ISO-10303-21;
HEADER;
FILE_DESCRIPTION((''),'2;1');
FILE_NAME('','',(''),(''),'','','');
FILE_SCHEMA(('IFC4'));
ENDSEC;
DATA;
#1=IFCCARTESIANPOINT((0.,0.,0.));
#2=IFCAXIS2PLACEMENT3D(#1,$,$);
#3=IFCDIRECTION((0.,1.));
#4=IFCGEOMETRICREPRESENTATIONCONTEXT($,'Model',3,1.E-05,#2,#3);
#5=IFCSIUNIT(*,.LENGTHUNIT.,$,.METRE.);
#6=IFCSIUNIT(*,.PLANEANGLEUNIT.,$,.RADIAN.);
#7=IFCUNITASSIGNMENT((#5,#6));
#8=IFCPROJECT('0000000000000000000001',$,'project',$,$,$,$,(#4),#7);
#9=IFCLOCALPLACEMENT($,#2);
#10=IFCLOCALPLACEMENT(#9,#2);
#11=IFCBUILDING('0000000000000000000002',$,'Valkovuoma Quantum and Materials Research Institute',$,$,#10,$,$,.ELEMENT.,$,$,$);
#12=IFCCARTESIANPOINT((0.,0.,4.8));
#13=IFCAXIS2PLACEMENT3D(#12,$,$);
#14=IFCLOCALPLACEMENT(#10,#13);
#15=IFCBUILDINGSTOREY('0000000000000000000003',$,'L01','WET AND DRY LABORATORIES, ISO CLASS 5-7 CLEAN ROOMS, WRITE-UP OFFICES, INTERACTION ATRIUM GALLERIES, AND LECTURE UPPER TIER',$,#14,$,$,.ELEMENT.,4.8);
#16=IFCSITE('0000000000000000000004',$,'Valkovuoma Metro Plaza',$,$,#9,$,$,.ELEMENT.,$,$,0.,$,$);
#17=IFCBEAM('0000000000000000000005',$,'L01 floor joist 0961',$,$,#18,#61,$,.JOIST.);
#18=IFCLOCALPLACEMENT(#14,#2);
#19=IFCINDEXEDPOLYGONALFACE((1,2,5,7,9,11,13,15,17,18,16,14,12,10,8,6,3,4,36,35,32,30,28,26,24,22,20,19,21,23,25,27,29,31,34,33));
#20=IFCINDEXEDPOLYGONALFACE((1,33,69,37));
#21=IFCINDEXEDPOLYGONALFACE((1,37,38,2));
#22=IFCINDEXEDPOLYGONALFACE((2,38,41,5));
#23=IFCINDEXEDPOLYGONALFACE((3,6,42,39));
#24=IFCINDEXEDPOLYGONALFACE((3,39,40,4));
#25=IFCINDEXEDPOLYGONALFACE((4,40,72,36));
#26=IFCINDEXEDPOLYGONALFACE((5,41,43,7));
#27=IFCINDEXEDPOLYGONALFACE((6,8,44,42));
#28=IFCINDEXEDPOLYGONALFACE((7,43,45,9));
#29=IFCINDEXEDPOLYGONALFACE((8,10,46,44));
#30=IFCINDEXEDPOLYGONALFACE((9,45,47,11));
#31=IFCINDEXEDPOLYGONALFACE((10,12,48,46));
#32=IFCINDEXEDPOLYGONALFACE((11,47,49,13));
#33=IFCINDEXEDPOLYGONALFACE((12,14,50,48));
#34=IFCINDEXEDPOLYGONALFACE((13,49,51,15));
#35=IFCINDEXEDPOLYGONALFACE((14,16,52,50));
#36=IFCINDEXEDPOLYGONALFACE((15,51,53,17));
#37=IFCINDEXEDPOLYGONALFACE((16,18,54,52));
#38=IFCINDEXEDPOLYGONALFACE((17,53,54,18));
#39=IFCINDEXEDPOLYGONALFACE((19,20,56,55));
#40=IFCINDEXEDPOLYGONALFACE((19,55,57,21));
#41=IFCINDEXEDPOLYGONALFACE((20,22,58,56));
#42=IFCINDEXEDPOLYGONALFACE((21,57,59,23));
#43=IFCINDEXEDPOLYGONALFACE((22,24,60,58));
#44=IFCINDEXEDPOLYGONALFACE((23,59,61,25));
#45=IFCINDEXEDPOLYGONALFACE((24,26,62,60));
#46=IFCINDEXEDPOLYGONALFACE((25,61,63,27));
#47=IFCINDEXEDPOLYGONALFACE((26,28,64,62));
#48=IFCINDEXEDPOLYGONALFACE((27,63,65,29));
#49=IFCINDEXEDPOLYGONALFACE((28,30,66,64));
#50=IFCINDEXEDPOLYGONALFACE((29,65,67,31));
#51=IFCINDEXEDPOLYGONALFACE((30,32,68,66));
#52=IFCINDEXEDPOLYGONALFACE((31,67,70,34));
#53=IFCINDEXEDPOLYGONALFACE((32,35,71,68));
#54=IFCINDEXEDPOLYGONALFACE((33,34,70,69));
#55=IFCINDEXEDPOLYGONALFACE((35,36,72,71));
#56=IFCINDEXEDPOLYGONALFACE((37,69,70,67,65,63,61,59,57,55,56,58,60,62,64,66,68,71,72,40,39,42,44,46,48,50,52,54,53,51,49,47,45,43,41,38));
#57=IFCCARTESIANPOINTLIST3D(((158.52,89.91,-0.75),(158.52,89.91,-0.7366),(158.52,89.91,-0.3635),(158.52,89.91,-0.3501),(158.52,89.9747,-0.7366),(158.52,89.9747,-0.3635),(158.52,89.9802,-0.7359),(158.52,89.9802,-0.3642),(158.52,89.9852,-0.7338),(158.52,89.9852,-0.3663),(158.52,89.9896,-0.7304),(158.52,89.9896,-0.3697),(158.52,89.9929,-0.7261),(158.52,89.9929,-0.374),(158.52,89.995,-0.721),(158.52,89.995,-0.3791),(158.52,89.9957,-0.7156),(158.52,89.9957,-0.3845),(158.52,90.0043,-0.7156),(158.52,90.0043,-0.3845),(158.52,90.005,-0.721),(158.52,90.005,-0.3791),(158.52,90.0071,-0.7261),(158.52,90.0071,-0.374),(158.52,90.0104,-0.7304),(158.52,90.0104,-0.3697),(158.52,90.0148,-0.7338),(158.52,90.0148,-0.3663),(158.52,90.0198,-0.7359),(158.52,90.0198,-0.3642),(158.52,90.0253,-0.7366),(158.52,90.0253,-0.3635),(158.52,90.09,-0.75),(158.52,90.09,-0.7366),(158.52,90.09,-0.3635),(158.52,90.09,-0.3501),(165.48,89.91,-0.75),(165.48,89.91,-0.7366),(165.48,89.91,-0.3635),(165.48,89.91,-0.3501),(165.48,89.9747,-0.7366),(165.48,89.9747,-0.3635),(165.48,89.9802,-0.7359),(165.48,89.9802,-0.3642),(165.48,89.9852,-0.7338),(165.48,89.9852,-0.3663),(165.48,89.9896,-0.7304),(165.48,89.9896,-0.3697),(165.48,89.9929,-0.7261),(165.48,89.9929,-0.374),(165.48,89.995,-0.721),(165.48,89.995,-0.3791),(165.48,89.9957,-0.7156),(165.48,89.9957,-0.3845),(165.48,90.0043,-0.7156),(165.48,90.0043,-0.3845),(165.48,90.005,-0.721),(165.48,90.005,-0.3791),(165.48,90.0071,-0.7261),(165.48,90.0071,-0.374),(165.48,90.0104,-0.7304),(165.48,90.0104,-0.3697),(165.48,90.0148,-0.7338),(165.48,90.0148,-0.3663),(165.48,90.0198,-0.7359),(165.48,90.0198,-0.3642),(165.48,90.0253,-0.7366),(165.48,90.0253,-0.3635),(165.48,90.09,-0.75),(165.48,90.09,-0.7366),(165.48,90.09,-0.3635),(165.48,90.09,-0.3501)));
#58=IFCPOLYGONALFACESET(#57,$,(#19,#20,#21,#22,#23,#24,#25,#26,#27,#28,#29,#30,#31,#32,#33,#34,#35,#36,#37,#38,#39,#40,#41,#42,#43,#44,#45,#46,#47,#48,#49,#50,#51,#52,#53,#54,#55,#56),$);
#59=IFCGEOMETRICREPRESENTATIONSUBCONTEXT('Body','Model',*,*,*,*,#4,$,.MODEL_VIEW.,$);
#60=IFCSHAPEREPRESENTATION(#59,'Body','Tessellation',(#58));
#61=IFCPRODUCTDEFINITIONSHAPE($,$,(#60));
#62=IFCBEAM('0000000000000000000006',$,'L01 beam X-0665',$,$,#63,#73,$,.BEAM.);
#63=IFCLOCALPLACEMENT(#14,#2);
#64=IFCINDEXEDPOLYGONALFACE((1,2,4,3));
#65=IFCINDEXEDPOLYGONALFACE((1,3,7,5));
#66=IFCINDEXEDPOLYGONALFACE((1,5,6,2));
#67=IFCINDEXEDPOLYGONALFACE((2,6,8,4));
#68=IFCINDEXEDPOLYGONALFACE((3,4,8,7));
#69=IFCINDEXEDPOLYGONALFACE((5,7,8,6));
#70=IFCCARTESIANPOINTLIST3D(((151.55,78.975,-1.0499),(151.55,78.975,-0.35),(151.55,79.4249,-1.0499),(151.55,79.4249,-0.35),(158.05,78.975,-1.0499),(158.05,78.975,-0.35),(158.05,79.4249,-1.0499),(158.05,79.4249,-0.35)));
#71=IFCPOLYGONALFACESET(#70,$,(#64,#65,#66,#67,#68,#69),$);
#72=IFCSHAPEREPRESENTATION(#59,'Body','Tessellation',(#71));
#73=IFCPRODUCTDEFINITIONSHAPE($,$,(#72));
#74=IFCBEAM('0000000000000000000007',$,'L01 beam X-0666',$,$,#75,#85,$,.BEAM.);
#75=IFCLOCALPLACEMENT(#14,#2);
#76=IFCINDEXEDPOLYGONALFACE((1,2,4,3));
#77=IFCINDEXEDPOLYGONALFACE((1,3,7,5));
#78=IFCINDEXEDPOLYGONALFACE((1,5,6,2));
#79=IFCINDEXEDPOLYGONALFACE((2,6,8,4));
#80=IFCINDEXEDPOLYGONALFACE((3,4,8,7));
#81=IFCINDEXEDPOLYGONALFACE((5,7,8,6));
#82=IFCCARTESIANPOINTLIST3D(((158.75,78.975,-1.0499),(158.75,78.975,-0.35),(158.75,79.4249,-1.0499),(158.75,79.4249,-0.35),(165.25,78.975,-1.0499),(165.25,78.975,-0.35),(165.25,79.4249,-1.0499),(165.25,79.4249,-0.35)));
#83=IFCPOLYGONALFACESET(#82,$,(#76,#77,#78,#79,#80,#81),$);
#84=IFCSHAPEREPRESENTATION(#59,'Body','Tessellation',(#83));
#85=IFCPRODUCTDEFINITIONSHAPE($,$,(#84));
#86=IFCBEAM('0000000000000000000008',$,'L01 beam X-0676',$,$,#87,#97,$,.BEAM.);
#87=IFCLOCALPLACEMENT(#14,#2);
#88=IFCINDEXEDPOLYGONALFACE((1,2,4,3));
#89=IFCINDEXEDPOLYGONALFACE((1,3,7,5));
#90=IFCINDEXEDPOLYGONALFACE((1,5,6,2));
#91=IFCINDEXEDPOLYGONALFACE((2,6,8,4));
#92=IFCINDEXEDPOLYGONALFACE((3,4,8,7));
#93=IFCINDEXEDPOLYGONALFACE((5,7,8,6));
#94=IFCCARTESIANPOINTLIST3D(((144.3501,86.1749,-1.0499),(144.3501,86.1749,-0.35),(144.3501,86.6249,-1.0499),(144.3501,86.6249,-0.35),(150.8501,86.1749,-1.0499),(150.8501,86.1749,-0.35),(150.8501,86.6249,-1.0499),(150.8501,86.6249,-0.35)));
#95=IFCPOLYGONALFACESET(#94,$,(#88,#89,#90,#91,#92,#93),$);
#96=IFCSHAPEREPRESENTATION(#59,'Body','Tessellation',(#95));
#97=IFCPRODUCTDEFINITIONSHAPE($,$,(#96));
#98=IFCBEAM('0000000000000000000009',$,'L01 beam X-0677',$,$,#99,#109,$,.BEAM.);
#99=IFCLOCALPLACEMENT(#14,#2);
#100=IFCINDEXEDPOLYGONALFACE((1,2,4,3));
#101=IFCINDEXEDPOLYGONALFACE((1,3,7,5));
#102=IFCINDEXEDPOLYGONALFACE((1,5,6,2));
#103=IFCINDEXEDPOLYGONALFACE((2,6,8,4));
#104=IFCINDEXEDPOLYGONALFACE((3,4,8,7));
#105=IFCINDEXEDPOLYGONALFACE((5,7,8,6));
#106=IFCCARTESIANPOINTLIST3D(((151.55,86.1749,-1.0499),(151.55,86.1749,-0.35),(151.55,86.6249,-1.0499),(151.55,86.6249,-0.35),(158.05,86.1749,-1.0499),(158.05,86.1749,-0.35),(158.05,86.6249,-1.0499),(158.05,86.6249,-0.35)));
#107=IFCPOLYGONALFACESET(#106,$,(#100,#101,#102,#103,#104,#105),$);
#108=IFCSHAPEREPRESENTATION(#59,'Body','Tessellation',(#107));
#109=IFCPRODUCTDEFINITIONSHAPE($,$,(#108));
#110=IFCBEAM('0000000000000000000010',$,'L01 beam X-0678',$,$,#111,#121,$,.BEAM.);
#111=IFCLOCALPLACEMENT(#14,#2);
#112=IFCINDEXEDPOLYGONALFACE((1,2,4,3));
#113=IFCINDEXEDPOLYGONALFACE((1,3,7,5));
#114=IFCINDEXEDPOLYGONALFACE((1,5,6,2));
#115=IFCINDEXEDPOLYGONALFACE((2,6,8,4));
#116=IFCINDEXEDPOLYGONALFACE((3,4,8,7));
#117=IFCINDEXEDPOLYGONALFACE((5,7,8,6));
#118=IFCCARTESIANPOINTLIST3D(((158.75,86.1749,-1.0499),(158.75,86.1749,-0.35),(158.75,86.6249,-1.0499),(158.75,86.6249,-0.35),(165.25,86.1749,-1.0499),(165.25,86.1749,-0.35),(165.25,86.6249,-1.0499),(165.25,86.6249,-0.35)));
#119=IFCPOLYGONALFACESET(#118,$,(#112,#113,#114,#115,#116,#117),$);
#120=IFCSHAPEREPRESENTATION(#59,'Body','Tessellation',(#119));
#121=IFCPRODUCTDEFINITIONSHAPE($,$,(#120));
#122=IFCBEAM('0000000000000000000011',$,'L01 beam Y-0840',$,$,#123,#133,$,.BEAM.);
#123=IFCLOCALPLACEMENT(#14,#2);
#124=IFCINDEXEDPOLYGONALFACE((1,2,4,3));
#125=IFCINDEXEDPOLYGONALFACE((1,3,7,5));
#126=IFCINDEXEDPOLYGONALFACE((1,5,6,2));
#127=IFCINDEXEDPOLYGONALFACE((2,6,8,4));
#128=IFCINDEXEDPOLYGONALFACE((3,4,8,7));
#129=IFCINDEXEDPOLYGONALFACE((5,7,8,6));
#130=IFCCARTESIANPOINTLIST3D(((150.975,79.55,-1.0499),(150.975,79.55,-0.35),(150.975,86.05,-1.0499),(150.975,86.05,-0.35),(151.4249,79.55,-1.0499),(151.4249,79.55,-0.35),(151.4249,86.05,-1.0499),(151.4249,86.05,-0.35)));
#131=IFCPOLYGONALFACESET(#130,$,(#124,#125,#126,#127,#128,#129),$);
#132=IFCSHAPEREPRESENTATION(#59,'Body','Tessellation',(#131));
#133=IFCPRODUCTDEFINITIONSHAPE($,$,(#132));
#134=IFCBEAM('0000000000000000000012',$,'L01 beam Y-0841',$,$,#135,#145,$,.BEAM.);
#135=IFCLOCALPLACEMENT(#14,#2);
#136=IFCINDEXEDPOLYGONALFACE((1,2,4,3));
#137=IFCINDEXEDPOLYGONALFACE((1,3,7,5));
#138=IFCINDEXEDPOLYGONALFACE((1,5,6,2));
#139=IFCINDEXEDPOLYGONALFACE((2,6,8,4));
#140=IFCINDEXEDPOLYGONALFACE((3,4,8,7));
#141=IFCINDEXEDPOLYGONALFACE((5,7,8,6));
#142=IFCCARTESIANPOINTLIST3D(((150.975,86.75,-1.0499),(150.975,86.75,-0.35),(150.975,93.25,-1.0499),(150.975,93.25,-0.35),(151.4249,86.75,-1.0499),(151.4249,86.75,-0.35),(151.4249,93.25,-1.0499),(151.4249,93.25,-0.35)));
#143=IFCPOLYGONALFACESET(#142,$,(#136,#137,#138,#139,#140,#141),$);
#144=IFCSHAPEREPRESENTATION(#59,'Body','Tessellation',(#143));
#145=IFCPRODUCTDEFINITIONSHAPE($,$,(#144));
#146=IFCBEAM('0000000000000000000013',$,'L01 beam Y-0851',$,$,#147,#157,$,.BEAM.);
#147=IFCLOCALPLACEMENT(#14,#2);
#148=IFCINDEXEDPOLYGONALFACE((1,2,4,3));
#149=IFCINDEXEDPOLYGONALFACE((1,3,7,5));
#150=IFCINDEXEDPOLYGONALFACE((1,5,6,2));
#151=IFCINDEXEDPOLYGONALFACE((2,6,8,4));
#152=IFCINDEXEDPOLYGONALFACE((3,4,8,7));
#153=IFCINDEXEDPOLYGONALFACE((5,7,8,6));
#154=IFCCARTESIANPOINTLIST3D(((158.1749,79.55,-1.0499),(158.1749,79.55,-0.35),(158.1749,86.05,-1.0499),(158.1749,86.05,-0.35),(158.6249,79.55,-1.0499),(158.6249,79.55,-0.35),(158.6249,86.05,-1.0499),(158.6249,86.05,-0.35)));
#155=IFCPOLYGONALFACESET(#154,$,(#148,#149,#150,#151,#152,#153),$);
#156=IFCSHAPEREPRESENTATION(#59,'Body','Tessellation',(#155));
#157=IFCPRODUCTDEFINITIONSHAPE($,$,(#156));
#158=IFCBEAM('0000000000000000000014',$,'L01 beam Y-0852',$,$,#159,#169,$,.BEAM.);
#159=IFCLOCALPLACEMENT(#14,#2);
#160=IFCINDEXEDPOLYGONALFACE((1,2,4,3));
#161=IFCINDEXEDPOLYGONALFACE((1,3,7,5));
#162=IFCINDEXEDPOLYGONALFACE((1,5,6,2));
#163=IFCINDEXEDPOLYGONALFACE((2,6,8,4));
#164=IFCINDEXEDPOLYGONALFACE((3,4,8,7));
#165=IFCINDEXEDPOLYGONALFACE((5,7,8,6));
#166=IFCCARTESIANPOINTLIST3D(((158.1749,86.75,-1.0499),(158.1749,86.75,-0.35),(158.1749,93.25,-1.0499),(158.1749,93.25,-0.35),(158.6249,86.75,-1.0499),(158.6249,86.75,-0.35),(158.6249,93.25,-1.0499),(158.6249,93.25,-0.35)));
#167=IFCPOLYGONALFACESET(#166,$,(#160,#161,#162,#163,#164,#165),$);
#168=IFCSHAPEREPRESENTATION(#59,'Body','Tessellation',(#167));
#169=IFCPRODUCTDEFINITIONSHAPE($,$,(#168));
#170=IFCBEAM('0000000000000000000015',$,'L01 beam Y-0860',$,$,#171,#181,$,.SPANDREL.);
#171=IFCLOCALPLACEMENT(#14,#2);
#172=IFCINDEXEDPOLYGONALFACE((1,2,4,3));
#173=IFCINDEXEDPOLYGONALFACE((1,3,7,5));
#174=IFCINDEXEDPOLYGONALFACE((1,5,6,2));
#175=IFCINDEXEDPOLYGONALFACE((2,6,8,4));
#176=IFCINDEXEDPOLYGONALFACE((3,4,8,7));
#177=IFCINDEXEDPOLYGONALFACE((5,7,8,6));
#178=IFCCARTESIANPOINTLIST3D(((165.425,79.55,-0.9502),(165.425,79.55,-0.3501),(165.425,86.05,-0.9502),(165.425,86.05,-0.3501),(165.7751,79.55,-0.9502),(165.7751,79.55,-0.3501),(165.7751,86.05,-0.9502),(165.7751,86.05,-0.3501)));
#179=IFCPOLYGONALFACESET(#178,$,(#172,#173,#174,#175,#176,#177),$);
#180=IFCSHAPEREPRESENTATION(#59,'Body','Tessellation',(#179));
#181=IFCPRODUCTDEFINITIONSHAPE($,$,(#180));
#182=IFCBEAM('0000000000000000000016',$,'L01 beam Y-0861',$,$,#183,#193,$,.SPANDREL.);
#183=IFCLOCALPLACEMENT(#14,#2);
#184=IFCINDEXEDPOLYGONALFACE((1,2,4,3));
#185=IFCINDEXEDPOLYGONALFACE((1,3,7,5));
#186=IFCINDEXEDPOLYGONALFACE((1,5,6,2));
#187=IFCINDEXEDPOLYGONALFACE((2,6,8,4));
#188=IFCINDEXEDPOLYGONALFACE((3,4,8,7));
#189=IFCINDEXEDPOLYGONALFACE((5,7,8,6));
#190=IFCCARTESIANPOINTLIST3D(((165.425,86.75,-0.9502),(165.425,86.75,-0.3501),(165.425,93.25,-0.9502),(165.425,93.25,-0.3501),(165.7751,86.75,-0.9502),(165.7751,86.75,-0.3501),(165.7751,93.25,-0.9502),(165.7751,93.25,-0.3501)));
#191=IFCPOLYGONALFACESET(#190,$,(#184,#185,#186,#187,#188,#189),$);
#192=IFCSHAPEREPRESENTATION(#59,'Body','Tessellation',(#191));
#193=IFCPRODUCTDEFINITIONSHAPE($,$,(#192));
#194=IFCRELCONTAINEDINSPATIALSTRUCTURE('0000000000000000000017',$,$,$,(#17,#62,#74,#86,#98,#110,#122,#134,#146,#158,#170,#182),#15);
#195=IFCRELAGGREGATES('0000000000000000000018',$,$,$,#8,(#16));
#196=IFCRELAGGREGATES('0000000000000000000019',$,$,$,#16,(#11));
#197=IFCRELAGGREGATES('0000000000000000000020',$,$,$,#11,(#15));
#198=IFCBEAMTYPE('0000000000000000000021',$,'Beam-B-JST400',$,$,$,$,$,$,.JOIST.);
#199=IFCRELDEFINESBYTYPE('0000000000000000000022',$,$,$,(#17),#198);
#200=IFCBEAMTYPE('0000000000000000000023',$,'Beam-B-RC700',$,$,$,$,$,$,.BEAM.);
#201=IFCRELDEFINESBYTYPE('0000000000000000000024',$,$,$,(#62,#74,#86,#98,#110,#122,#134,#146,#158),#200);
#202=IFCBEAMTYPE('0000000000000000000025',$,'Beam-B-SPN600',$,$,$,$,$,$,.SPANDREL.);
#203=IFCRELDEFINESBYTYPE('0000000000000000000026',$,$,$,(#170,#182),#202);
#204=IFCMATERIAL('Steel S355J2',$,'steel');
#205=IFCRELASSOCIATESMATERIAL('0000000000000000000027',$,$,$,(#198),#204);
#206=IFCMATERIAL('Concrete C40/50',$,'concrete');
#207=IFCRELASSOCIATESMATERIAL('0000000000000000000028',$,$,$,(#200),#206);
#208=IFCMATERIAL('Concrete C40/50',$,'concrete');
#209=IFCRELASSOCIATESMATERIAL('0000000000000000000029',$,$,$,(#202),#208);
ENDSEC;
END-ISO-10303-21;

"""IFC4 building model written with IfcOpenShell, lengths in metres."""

from ifc_helpers import new_model, si_unit, direction, frame, origin, origin_2d, place, context, subcontext, project, spatial, rectangle, i_section, extrude, material, material_profile, profile_set, type_object, element, save


model = new_model("IFC4")

# Units and contexts
model_context = context("Model", 3, precision=1e-05, world=origin(), true_north=direction((0.0, 1.0)))
body_context = subcontext(model_context, "Body", "Model", "MODEL_VIEW")
ifc_project = project(units=[si_unit("LENGTHUNIT", "METRE"), si_unit("PLANEANGLEUNIT", "RADIAN")], contexts=[model_context])

# Site, building, storey
site_placement = place(None, origin())
site = spatial("IfcSite", under=ifc_project, at=site_placement, Name="Valkovuoma Metro Plaza", CompositionType="ELEMENT", RefElevation=0.0)
building_placement = place(site_placement, origin())
building = spatial("IfcBuilding", under=site, at=building_placement, Name="Valkovuoma Quantum and Materials Research Institute", CompositionType="ELEMENT")
storey_placement = place(building_placement, frame((0.0, 0.0, 4.8)))
storey = spatial("IfcBuildingStorey", under=building, at=storey_placement, Name="L01", Description="WET AND DRY LABORATORIES, ISO CLASS 5-7 CLEAN ROOMS, WRITE-UP OFFICES, INTERACTION ATRIUM GALLERIES, AND LECTURE UPPER TIER", CompositionType="ELEMENT", Elevation=4.8)

# Beams
ifc_material_1 = material(Name="Steel S355J2", Category="steel")
ifc_material_profile_1 = material_profile(ifc_material_1, i_section(OverallWidth=0.1799, OverallDepth=0.3999, WebThickness=0.0085, FlangeThickness=0.0134, FilletRadius=0.021, at=origin_2d()), Name="Steel S355J2")
ifc_profile_set_1 = profile_set([ifc_material_profile_1], Name="Steel S355J2")
beam_type_1 = type_object("IfcBeamType", Name="Beam-B-JST400", PredefinedType="JOIST", material=ifc_profile_set_1)
for number, where, z_axis, x_axis, name in (
    (1, (158.52, 90.0, -0.55), (1.0, 0.0, 0.0), (0.0, 1.0, 0.0), "L01 floor joist 0961"),
):
    element("IfcBeam", number, at=place(storey_placement, frame(where, z_axis=z_axis, x_axis=x_axis)), inside=storey, type_object=beam_type_1, Name=name, PredefinedType="JOIST", context=body_context, shape_type="SweptSolid", body=[
        extrude(i_section(OverallWidth=0.1799, OverallDepth=0.3999, WebThickness=0.0085, FlangeThickness=0.0134, FilletRadius=0.021, at=origin_2d()), origin(), (0.0, 0.0, 1.0), 6.96),
    ])
ifc_material_2 = material(Name="Concrete C40/50", Category="concrete")
ifc_material_profile_2 = material_profile(ifc_material_2, rectangle(XDim=0.45, YDim=0.7, at=origin_2d()), Name="Concrete C40/50")
ifc_profile_set_2 = profile_set([ifc_material_profile_2], Name="Concrete C40/50")
beam_type_2 = type_object("IfcBeamType", Name="Beam-B-RC700", PredefinedType="BEAM", material=ifc_profile_set_2)
for number, where, z_axis, x_axis, name in (
    (2, (151.55, 79.2, -0.7), (1.0, 0.0, 0.0), (0.0, 1.0, 0.0), "L01 beam X-0665"),
    (3, (158.75, 79.2, -0.7), (1.0, 0.0, 0.0), (0.0, 1.0, 0.0), "L01 beam X-0666"),
    (4, (144.3501, 86.3999, -0.7), (1.0, 0.0, 0.0), (0.0, 1.0, 0.0), "L01 beam X-0676"),
    (5, (151.55, 86.3999, -0.7), (1.0, 0.0, 0.0), (0.0, 1.0, 0.0), "L01 beam X-0677"),
    (6, (158.75, 86.3999, -0.7), (1.0, 0.0, 0.0), (0.0, 1.0, 0.0), "L01 beam X-0678"),
    (7, (151.2, 79.55, -0.7), (0.0, 1.0, 0.0), (-1.0, 0.0, 0.0), "L01 beam Y-0840"),
    (8, (151.2, 86.75, -0.7), (0.0, 1.0, 0.0), (-1.0, 0.0, 0.0), "L01 beam Y-0841"),
    (9, (158.3999, 79.55, -0.7), (0.0, 1.0, 0.0), (-1.0, 0.0, 0.0), "L01 beam Y-0851"),
    (10, (158.3999, 86.75, -0.7), (0.0, 1.0, 0.0), (-1.0, 0.0, 0.0), "L01 beam Y-0852"),
):
    element("IfcBeam", number, at=place(storey_placement, frame(where, z_axis=z_axis, x_axis=x_axis)), inside=storey, type_object=beam_type_2, Name=name, PredefinedType="BEAM", context=body_context, shape_type="SweptSolid", body=[
        extrude(rectangle(XDim=0.45, YDim=0.7, at=origin_2d()), origin(), (0.0, 0.0, 1.0), 6.5),
    ])
ifc_material_3 = material(Name="Concrete C40/50", Category="concrete")
ifc_material_profile_3 = material_profile(ifc_material_3, rectangle(XDim=0.3501, YDim=0.6001, at=origin_2d()), Name="Concrete C40/50")
ifc_profile_set_3 = profile_set([ifc_material_profile_3], Name="Concrete C40/50")
beam_type_3 = type_object("IfcBeamType", Name="Beam-B-SPN600", PredefinedType="SPANDREL", material=ifc_profile_set_3)
for number, where, z_axis, x_axis, name in (
    (11, (165.6001, 79.55, -0.6501), (0.0, 1.0, 0.0), (-1.0, 0.0, 0.0), "L01 beam Y-0860"),
    (12, (165.6001, 86.75, -0.6501), (0.0, 1.0, 0.0), (-1.0, 0.0, 0.0), "L01 beam Y-0861"),
):
    element("IfcBeam", number, at=place(storey_placement, frame(where, z_axis=z_axis, x_axis=x_axis)), inside=storey, type_object=beam_type_3, Name=name, PredefinedType="SPANDREL", context=body_context, shape_type="SweptSolid", body=[
        extrude(rectangle(XDim=0.3501, YDim=0.6001, at=origin_2d()), origin(), (0.0, 0.0, 1.0), 6.5),
    ])

save(model, "model.ifc")
